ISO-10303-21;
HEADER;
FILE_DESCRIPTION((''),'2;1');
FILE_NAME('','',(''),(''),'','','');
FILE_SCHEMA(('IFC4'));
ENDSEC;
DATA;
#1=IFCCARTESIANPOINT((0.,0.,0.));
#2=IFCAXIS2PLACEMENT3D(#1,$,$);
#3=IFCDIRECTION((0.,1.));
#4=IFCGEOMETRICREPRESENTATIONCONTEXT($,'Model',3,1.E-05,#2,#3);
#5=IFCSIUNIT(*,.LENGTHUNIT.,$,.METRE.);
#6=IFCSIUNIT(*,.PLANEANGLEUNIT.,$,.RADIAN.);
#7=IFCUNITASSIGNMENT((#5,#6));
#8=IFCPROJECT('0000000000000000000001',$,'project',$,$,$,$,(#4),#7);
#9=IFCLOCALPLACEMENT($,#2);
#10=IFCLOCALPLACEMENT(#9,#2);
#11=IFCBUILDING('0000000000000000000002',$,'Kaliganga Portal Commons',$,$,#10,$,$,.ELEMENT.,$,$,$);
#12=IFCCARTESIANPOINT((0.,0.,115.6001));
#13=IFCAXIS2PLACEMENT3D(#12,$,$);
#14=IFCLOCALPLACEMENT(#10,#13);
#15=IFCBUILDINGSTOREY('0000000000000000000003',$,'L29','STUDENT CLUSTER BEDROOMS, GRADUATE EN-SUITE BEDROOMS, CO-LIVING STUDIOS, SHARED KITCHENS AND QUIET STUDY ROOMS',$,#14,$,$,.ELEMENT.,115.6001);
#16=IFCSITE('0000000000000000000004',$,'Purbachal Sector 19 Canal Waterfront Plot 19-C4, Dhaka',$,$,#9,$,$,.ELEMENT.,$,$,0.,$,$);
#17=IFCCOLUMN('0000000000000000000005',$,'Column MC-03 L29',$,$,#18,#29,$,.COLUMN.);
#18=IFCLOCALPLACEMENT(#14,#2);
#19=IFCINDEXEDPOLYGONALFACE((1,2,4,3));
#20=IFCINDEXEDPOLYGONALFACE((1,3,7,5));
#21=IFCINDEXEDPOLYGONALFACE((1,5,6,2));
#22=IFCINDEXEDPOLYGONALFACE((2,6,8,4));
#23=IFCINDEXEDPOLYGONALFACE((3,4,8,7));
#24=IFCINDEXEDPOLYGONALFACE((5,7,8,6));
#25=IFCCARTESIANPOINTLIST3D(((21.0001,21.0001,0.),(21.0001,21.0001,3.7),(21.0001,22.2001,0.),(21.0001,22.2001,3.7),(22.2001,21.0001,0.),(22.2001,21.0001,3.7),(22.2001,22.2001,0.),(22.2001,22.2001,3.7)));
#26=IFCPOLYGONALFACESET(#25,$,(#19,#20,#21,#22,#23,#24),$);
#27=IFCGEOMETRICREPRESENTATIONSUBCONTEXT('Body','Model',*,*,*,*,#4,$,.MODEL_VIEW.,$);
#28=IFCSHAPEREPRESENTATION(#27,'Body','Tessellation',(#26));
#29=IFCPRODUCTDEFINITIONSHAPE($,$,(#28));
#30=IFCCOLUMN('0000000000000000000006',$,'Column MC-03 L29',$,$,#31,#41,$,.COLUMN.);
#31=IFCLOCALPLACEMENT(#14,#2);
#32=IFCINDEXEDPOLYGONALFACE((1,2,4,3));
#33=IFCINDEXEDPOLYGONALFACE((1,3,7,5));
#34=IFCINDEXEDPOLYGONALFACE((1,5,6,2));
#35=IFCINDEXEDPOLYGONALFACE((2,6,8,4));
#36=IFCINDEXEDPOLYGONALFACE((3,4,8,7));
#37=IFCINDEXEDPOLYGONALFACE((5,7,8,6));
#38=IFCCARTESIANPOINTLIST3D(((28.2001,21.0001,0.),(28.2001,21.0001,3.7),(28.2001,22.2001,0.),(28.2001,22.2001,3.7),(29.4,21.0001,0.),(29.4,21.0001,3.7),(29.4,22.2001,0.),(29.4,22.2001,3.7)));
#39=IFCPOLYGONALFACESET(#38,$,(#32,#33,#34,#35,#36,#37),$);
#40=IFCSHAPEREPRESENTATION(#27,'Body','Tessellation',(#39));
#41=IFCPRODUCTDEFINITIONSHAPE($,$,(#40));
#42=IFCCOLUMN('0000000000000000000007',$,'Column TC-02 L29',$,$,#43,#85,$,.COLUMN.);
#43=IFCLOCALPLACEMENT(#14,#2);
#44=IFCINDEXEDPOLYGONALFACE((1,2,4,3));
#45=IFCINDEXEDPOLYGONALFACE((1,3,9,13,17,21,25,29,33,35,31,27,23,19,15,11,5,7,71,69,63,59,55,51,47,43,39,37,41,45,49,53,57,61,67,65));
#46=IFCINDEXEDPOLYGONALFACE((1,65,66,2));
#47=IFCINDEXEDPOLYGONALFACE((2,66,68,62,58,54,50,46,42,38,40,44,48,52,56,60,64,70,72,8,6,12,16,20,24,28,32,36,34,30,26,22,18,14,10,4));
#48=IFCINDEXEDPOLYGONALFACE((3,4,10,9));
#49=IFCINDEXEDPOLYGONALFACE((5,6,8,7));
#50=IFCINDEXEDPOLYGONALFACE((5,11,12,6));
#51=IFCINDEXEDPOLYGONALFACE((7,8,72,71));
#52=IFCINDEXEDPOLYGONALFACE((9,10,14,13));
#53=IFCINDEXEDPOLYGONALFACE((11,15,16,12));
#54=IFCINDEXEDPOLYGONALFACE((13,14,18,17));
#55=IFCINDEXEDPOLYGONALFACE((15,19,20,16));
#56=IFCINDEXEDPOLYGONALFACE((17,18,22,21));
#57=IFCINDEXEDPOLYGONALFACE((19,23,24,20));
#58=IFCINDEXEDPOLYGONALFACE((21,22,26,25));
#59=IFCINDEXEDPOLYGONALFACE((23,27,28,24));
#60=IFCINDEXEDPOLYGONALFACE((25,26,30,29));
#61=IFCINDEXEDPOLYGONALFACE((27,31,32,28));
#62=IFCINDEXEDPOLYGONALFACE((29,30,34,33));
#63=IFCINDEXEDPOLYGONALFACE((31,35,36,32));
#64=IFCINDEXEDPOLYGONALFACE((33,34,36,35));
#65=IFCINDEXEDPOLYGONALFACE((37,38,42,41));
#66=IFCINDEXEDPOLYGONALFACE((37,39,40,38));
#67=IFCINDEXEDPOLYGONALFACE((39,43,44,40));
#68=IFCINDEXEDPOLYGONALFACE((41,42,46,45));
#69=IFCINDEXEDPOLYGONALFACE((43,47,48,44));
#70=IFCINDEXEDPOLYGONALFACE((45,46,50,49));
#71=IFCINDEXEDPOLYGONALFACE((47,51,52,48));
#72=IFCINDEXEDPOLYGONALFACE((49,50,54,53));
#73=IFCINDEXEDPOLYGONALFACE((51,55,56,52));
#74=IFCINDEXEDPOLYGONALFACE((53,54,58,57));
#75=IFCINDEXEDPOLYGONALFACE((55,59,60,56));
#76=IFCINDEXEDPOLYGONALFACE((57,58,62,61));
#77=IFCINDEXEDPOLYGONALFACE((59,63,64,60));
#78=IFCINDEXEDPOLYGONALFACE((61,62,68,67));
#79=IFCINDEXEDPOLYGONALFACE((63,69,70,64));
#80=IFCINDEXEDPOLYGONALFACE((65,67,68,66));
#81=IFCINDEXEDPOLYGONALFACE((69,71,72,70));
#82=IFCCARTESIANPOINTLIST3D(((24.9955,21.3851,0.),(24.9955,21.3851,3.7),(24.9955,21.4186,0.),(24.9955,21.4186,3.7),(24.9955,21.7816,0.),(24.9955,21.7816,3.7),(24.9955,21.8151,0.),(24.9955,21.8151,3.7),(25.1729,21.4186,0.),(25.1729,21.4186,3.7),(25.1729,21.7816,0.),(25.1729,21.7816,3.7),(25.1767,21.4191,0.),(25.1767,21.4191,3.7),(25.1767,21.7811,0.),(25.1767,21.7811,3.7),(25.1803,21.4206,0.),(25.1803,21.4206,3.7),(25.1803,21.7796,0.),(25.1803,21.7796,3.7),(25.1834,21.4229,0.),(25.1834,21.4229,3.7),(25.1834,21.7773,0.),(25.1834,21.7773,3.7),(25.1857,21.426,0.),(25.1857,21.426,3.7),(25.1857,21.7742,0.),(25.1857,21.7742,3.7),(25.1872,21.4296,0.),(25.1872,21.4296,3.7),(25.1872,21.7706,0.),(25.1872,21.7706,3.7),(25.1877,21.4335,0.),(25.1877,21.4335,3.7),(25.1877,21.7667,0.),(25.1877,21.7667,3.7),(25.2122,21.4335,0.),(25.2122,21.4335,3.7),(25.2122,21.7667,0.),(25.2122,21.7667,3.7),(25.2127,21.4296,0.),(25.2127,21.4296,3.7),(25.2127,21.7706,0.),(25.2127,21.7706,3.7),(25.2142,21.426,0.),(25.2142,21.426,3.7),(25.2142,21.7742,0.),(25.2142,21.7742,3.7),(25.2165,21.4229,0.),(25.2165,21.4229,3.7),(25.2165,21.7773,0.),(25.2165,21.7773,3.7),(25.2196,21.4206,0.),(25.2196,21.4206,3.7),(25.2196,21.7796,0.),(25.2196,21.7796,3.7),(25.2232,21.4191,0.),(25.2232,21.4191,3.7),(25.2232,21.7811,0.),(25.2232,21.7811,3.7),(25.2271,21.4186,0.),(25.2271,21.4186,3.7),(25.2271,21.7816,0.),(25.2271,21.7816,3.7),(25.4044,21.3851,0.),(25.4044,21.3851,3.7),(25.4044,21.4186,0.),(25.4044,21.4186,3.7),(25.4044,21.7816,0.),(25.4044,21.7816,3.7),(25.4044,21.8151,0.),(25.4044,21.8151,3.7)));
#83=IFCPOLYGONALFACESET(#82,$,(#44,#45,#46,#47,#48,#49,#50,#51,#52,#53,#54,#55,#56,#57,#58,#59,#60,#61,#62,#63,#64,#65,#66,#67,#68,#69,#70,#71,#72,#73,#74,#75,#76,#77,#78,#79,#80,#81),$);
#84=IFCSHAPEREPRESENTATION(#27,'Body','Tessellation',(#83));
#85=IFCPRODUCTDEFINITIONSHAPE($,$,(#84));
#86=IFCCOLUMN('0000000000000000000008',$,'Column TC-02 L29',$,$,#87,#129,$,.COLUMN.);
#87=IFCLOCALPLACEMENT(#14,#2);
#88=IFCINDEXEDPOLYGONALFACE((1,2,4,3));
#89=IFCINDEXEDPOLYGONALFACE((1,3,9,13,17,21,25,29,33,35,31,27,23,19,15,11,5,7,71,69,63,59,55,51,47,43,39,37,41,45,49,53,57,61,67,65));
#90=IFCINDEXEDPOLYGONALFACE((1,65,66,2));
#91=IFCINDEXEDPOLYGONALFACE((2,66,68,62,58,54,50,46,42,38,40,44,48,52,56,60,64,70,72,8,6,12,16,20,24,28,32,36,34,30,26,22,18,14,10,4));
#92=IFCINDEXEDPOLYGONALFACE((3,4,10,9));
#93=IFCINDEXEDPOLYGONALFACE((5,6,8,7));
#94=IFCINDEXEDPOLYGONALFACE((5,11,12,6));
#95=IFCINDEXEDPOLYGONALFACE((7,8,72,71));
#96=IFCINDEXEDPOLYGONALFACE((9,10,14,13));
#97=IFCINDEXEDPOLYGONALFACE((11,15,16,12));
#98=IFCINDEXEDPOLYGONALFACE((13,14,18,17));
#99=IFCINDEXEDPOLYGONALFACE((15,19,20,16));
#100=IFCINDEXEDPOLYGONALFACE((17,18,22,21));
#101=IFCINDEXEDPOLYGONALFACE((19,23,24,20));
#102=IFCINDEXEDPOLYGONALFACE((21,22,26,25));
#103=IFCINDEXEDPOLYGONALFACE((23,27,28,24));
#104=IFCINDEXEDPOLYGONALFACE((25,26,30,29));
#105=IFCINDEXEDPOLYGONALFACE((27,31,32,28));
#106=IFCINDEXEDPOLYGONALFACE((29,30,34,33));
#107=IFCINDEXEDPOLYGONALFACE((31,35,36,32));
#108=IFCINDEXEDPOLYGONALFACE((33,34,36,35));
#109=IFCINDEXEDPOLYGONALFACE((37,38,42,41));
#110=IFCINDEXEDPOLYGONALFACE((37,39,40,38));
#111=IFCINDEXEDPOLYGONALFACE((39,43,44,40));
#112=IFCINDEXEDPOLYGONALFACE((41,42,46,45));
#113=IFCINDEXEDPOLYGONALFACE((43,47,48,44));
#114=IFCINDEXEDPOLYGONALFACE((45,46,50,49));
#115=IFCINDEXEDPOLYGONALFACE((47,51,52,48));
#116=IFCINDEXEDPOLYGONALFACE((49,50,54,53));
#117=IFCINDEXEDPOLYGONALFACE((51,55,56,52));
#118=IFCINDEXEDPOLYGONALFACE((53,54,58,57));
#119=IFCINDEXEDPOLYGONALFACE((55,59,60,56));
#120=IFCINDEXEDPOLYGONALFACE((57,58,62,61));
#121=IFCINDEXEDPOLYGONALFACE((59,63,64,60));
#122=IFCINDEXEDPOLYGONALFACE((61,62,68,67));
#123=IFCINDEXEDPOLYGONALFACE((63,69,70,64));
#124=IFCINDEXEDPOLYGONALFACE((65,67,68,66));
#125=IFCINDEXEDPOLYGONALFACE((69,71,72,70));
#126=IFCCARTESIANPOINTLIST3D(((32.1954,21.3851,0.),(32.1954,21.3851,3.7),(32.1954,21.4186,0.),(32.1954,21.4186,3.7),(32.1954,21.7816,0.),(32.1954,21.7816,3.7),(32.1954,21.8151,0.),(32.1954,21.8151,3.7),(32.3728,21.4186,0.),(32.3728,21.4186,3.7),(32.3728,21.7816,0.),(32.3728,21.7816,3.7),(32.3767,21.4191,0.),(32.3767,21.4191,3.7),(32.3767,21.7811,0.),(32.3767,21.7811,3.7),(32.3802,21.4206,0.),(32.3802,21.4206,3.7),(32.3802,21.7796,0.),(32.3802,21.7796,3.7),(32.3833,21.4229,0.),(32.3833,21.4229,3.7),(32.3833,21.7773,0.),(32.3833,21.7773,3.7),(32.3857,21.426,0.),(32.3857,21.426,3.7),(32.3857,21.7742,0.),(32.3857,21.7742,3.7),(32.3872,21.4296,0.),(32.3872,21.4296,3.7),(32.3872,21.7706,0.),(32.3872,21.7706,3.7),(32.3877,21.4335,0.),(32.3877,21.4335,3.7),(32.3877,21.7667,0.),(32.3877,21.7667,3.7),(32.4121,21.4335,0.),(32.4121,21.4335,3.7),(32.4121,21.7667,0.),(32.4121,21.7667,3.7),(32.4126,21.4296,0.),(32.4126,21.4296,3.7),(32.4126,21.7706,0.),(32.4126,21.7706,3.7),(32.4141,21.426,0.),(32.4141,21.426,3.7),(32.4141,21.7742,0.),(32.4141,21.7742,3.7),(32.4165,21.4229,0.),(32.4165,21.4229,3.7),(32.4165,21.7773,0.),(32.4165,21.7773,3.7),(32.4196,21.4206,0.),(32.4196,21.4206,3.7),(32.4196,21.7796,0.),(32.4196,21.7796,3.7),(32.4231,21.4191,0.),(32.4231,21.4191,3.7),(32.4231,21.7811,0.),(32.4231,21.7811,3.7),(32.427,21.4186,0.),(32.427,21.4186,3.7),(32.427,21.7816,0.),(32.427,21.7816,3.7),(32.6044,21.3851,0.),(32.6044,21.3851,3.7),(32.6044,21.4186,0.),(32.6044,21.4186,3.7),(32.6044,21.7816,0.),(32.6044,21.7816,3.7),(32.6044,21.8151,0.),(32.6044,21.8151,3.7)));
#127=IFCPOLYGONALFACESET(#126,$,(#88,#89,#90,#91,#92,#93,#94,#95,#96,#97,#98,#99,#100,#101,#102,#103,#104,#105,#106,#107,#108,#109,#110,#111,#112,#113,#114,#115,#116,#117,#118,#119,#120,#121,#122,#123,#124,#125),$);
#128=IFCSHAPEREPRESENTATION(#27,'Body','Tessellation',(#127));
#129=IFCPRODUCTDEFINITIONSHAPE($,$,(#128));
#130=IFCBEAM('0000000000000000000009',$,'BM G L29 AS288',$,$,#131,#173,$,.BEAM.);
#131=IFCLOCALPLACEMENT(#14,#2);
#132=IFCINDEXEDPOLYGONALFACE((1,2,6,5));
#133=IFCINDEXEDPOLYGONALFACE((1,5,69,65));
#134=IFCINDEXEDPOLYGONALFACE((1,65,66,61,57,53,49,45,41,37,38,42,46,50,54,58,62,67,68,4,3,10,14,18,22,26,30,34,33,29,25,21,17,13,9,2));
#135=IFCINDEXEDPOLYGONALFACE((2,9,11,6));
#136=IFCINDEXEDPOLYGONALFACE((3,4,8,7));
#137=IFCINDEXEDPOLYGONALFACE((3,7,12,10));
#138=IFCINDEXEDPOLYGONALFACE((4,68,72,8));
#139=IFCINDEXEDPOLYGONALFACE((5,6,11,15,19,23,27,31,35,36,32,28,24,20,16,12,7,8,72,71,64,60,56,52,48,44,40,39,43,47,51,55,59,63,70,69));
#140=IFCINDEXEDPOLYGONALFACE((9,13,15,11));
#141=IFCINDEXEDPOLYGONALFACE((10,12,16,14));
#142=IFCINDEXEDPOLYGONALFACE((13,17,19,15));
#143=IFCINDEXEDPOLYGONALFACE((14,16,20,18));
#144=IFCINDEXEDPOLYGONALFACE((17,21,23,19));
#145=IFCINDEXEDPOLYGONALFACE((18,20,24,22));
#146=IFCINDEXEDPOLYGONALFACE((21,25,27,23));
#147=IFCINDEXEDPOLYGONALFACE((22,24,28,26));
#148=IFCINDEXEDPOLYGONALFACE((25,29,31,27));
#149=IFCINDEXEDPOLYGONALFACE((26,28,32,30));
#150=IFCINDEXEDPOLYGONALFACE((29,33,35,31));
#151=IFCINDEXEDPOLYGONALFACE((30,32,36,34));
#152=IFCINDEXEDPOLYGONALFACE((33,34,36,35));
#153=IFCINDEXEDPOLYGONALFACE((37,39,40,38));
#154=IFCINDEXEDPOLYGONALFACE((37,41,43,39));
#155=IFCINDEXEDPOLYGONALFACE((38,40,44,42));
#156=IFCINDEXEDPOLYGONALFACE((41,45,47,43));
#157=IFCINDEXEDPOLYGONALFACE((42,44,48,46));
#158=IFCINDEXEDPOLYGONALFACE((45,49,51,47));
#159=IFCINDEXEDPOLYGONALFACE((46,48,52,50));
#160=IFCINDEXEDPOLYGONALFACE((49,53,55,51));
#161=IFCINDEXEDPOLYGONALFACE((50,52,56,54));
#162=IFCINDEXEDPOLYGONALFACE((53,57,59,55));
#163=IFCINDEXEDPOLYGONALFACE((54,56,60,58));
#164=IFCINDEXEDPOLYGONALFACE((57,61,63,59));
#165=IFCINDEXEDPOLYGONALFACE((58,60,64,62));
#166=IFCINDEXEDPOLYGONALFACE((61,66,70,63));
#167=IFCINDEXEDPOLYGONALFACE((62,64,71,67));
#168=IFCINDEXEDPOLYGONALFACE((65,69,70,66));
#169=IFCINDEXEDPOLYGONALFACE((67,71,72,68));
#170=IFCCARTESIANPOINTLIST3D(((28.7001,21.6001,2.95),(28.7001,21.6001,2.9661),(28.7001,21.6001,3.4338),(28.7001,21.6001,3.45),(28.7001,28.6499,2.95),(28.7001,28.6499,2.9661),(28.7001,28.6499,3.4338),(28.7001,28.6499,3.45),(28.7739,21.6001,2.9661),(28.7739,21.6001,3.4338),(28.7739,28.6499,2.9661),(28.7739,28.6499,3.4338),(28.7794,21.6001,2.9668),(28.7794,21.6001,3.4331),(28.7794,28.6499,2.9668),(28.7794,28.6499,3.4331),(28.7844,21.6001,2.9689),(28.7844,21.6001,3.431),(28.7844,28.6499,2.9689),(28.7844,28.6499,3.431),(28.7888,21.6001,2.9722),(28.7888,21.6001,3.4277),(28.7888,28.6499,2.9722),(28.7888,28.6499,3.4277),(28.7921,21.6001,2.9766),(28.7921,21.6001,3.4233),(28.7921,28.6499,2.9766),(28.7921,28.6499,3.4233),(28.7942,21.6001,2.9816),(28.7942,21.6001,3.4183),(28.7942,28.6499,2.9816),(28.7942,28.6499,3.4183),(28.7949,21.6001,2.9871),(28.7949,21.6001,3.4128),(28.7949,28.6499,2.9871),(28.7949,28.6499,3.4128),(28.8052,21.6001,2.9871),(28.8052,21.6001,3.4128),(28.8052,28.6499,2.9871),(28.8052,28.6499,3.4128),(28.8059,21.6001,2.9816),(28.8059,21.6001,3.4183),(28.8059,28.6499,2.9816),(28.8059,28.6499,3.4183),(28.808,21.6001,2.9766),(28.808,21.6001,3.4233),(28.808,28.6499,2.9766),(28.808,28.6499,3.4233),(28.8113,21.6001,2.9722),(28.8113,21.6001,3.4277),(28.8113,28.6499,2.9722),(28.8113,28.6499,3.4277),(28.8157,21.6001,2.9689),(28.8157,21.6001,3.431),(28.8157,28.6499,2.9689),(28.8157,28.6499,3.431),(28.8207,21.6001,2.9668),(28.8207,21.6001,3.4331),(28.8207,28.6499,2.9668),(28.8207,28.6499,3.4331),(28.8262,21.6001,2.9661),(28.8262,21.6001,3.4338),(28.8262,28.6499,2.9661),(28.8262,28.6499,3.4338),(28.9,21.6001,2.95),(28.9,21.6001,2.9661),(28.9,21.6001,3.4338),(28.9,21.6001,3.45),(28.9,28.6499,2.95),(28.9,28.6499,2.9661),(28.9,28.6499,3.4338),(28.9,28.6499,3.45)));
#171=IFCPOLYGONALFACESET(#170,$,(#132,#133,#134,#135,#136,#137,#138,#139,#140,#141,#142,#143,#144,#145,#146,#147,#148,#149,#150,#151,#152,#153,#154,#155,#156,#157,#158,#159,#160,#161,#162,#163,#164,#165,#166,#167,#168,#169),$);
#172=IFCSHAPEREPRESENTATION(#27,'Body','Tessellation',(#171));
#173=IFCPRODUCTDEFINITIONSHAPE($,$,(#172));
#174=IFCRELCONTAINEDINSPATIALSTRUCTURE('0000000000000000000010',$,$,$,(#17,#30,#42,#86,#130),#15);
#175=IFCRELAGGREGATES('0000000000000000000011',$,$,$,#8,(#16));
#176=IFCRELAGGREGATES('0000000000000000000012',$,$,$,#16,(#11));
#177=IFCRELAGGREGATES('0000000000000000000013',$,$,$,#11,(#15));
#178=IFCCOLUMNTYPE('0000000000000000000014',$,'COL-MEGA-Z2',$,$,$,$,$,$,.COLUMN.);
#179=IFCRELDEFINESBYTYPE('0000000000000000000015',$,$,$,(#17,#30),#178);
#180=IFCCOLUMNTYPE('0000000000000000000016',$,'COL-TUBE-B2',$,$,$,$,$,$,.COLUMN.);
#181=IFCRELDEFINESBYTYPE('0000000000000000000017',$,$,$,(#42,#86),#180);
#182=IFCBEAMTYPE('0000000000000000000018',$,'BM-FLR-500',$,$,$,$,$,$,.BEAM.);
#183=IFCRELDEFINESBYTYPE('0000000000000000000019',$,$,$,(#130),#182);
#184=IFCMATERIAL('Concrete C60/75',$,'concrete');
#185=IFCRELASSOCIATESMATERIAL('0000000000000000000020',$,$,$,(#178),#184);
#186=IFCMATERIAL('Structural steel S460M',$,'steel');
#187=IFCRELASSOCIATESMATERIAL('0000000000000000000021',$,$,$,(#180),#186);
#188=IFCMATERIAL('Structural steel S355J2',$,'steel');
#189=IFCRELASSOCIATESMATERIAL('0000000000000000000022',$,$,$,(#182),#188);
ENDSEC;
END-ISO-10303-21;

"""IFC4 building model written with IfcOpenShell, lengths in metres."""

from ifc_helpers import new_model, si_unit, direction, frame, origin, origin_2d, place, context, subcontext, project, spatial, rectangle, i_section, extrude, source, transform, mapped, material, material_profile, profile_set, type_object, element, save


model = new_model("IFC4")

# Units and contexts
model_context = context("Model", 3, precision=1e-05, world=origin(), true_north=direction((0.0, 1.0)))
body_context = subcontext(model_context, "Body", "Model", "MODEL_VIEW")
ifc_project = project(units=[si_unit("LENGTHUNIT", "METRE"), si_unit("PLANEANGLEUNIT", "RADIAN")], contexts=[model_context])

# Site, building, storey
site_placement = place(None, origin())
site = spatial("IfcSite", under=ifc_project, at=site_placement, Name="Purbachal Sector 19 Canal Waterfront Plot 19-C4, Dhaka", CompositionType="ELEMENT", RefElevation=0.0)
building_placement = place(site_placement, origin())
building = spatial("IfcBuilding", under=site, at=building_placement, Name="Kaliganga Portal Commons", CompositionType="ELEMENT")
storey_placement = place(building_placement, frame((0.0, 0.0, 115.6001)))
storey = spatial("IfcBuildingStorey", under=building, at=storey_placement, Name="L29", Description="STUDENT CLUSTER BEDROOMS, GRADUATE EN-SUITE BEDROOMS, CO-LIVING STUDIOS, SHARED KITCHENS AND QUIET STUDY ROOMS", CompositionType="ELEMENT", Elevation=115.6001)

# Columns
ifc_material_1 = material(Name="Concrete C60/75", Category="concrete")
ifc_material_profile_1 = material_profile(ifc_material_1, rectangle(XDim=1.2, YDim=1.2, at=origin_2d()), Name="RC 1200x1200")
ifc_profile_set_1 = profile_set([ifc_material_profile_1], Name="Concrete C60/75")
column_type_1 = type_object("IfcColumnType", Name="COL-MEGA-Z2", PredefinedType="COLUMN", material=ifc_profile_set_1)
shared_shape_1 = source(origin(), body_context, "Body", "SweptSolid", [
    extrude(rectangle(XDim=1.2, YDim=1.2, at=origin_2d()), origin(), (0.0, 0.0, 1.0), 3.7),
])
for number, where, z_axis, x_axis, name in (
    (1, (21.6001, 21.6001, 0.0), (0.0, 0.0, 1.0), (1.0, 0.0, 0.0), "Column MC-03 L29"),
    (2, (28.8, 21.6001, 0.0), (0.0, 0.0, 1.0), (1.0, 0.0, 0.0), "Column MC-03 L29"),
):
    element("IfcColumn", number, at=place(storey_placement, frame(where, z_axis=z_axis, x_axis=x_axis)), inside=storey, type_object=column_type_1, Name=name, PredefinedType="COLUMN", context=body_context, shape_type="MappedRepresentation", body=[
        mapped(shared_shape_1, transform((0.0, 0.0, 0.0), x_axis=(1.0, 0.0, 0.0), y_axis=(0.0, 1.0, 0.0), z_axis=(0.0, 0.0, 1.0), scale=1.0)),
    ])
ifc_material_2 = material(Name="Structural steel S460M", Category="steel")
ifc_material_profile_2 = material_profile(ifc_material_2, i_section(OverallWidth=0.4089, OverallDepth=0.4299, WebThickness=0.0244, FlangeThickness=0.0334, FilletRadius=0.0149, at=origin_2d()), Name="HD 400x421")
ifc_profile_set_2 = profile_set([ifc_material_profile_2], Name="Structural steel S460M wide-flange")
column_type_2 = type_object("IfcColumnType", Name="COL-TUBE-B2", PredefinedType="COLUMN", material=ifc_profile_set_2)
shared_shape_2 = source(origin(), body_context, "Body", "SweptSolid", [
    extrude(i_section(OverallWidth=0.4089, OverallDepth=0.4299, WebThickness=0.0244, FlangeThickness=0.0334, FilletRadius=0.0149, at=origin_2d()), origin(), (0.0, 0.0, 1.0), 3.7),
])
for number, where, z_axis, x_axis, name in (
    (3, (25.2, 21.6001, 0.0), (0.0, 0.0, 1.0), (1.0, 0.0, 0.0), "Column TC-02 L29"),
    (4, (32.3999, 21.6001, 0.0), (0.0, 0.0, 1.0), (1.0, 0.0, 0.0), "Column TC-02 L29"),
):
    element("IfcColumn", number, at=place(storey_placement, frame(where, z_axis=z_axis, x_axis=x_axis)), inside=storey, type_object=column_type_2, Name=name, PredefinedType="COLUMN", context=body_context, shape_type="MappedRepresentation", body=[
        mapped(shared_shape_2, transform((0.0, 0.0, 0.0), x_axis=(1.0, 0.0, 0.0), y_axis=(0.0, 1.0, 0.0), z_axis=(0.0, 0.0, 1.0), scale=1.0)),
    ])

# Beam
ifc_material_3 = material(Name="Structural steel S355J2", Category="steel")
ifc_material_profile_3 = material_profile(ifc_material_3, i_section(OverallWidth=0.2, OverallDepth=0.5, WebThickness=0.0103, FlangeThickness=0.0161, FilletRadius=0.021, at=origin_2d()), Name="IPE 500")
ifc_profile_set_3 = profile_set([ifc_material_profile_3], Name="Structural steel S355J2 wide-flange")
beam_type_1 = type_object("IfcBeamType", Name="BM-FLR-500", PredefinedType="BEAM", material=ifc_profile_set_3)
shared_shape_3 = source(origin(), body_context, "Body", "SweptSolid", [
    extrude(i_section(OverallWidth=0.2, OverallDepth=0.5, WebThickness=0.0103, FlangeThickness=0.0161, FilletRadius=0.021, at=origin_2d()), origin(), (0.0, 0.0, 1.0), 7.0498),
])
beam_1_placement = place(storey_placement, frame((28.8, 21.6001, 3.2), z_axis=(0.0, 1.0, 0.0), x_axis=(-1.0, 0.0, 0.0)))
element("IfcBeam", 5, at=beam_1_placement, inside=storey, type_object=beam_type_1, Name="BM G L29 AS288", PredefinedType="BEAM", context=body_context, shape_type="MappedRepresentation", body=[
    mapped(shared_shape_3, transform((0.0, 0.0, 0.0), x_axis=(1.0, 0.0, 0.0), y_axis=(0.0, 1.0, 0.0), z_axis=(0.0, 0.0, 1.0), scale=1.0)),
])

save(model, "model.ifc")
